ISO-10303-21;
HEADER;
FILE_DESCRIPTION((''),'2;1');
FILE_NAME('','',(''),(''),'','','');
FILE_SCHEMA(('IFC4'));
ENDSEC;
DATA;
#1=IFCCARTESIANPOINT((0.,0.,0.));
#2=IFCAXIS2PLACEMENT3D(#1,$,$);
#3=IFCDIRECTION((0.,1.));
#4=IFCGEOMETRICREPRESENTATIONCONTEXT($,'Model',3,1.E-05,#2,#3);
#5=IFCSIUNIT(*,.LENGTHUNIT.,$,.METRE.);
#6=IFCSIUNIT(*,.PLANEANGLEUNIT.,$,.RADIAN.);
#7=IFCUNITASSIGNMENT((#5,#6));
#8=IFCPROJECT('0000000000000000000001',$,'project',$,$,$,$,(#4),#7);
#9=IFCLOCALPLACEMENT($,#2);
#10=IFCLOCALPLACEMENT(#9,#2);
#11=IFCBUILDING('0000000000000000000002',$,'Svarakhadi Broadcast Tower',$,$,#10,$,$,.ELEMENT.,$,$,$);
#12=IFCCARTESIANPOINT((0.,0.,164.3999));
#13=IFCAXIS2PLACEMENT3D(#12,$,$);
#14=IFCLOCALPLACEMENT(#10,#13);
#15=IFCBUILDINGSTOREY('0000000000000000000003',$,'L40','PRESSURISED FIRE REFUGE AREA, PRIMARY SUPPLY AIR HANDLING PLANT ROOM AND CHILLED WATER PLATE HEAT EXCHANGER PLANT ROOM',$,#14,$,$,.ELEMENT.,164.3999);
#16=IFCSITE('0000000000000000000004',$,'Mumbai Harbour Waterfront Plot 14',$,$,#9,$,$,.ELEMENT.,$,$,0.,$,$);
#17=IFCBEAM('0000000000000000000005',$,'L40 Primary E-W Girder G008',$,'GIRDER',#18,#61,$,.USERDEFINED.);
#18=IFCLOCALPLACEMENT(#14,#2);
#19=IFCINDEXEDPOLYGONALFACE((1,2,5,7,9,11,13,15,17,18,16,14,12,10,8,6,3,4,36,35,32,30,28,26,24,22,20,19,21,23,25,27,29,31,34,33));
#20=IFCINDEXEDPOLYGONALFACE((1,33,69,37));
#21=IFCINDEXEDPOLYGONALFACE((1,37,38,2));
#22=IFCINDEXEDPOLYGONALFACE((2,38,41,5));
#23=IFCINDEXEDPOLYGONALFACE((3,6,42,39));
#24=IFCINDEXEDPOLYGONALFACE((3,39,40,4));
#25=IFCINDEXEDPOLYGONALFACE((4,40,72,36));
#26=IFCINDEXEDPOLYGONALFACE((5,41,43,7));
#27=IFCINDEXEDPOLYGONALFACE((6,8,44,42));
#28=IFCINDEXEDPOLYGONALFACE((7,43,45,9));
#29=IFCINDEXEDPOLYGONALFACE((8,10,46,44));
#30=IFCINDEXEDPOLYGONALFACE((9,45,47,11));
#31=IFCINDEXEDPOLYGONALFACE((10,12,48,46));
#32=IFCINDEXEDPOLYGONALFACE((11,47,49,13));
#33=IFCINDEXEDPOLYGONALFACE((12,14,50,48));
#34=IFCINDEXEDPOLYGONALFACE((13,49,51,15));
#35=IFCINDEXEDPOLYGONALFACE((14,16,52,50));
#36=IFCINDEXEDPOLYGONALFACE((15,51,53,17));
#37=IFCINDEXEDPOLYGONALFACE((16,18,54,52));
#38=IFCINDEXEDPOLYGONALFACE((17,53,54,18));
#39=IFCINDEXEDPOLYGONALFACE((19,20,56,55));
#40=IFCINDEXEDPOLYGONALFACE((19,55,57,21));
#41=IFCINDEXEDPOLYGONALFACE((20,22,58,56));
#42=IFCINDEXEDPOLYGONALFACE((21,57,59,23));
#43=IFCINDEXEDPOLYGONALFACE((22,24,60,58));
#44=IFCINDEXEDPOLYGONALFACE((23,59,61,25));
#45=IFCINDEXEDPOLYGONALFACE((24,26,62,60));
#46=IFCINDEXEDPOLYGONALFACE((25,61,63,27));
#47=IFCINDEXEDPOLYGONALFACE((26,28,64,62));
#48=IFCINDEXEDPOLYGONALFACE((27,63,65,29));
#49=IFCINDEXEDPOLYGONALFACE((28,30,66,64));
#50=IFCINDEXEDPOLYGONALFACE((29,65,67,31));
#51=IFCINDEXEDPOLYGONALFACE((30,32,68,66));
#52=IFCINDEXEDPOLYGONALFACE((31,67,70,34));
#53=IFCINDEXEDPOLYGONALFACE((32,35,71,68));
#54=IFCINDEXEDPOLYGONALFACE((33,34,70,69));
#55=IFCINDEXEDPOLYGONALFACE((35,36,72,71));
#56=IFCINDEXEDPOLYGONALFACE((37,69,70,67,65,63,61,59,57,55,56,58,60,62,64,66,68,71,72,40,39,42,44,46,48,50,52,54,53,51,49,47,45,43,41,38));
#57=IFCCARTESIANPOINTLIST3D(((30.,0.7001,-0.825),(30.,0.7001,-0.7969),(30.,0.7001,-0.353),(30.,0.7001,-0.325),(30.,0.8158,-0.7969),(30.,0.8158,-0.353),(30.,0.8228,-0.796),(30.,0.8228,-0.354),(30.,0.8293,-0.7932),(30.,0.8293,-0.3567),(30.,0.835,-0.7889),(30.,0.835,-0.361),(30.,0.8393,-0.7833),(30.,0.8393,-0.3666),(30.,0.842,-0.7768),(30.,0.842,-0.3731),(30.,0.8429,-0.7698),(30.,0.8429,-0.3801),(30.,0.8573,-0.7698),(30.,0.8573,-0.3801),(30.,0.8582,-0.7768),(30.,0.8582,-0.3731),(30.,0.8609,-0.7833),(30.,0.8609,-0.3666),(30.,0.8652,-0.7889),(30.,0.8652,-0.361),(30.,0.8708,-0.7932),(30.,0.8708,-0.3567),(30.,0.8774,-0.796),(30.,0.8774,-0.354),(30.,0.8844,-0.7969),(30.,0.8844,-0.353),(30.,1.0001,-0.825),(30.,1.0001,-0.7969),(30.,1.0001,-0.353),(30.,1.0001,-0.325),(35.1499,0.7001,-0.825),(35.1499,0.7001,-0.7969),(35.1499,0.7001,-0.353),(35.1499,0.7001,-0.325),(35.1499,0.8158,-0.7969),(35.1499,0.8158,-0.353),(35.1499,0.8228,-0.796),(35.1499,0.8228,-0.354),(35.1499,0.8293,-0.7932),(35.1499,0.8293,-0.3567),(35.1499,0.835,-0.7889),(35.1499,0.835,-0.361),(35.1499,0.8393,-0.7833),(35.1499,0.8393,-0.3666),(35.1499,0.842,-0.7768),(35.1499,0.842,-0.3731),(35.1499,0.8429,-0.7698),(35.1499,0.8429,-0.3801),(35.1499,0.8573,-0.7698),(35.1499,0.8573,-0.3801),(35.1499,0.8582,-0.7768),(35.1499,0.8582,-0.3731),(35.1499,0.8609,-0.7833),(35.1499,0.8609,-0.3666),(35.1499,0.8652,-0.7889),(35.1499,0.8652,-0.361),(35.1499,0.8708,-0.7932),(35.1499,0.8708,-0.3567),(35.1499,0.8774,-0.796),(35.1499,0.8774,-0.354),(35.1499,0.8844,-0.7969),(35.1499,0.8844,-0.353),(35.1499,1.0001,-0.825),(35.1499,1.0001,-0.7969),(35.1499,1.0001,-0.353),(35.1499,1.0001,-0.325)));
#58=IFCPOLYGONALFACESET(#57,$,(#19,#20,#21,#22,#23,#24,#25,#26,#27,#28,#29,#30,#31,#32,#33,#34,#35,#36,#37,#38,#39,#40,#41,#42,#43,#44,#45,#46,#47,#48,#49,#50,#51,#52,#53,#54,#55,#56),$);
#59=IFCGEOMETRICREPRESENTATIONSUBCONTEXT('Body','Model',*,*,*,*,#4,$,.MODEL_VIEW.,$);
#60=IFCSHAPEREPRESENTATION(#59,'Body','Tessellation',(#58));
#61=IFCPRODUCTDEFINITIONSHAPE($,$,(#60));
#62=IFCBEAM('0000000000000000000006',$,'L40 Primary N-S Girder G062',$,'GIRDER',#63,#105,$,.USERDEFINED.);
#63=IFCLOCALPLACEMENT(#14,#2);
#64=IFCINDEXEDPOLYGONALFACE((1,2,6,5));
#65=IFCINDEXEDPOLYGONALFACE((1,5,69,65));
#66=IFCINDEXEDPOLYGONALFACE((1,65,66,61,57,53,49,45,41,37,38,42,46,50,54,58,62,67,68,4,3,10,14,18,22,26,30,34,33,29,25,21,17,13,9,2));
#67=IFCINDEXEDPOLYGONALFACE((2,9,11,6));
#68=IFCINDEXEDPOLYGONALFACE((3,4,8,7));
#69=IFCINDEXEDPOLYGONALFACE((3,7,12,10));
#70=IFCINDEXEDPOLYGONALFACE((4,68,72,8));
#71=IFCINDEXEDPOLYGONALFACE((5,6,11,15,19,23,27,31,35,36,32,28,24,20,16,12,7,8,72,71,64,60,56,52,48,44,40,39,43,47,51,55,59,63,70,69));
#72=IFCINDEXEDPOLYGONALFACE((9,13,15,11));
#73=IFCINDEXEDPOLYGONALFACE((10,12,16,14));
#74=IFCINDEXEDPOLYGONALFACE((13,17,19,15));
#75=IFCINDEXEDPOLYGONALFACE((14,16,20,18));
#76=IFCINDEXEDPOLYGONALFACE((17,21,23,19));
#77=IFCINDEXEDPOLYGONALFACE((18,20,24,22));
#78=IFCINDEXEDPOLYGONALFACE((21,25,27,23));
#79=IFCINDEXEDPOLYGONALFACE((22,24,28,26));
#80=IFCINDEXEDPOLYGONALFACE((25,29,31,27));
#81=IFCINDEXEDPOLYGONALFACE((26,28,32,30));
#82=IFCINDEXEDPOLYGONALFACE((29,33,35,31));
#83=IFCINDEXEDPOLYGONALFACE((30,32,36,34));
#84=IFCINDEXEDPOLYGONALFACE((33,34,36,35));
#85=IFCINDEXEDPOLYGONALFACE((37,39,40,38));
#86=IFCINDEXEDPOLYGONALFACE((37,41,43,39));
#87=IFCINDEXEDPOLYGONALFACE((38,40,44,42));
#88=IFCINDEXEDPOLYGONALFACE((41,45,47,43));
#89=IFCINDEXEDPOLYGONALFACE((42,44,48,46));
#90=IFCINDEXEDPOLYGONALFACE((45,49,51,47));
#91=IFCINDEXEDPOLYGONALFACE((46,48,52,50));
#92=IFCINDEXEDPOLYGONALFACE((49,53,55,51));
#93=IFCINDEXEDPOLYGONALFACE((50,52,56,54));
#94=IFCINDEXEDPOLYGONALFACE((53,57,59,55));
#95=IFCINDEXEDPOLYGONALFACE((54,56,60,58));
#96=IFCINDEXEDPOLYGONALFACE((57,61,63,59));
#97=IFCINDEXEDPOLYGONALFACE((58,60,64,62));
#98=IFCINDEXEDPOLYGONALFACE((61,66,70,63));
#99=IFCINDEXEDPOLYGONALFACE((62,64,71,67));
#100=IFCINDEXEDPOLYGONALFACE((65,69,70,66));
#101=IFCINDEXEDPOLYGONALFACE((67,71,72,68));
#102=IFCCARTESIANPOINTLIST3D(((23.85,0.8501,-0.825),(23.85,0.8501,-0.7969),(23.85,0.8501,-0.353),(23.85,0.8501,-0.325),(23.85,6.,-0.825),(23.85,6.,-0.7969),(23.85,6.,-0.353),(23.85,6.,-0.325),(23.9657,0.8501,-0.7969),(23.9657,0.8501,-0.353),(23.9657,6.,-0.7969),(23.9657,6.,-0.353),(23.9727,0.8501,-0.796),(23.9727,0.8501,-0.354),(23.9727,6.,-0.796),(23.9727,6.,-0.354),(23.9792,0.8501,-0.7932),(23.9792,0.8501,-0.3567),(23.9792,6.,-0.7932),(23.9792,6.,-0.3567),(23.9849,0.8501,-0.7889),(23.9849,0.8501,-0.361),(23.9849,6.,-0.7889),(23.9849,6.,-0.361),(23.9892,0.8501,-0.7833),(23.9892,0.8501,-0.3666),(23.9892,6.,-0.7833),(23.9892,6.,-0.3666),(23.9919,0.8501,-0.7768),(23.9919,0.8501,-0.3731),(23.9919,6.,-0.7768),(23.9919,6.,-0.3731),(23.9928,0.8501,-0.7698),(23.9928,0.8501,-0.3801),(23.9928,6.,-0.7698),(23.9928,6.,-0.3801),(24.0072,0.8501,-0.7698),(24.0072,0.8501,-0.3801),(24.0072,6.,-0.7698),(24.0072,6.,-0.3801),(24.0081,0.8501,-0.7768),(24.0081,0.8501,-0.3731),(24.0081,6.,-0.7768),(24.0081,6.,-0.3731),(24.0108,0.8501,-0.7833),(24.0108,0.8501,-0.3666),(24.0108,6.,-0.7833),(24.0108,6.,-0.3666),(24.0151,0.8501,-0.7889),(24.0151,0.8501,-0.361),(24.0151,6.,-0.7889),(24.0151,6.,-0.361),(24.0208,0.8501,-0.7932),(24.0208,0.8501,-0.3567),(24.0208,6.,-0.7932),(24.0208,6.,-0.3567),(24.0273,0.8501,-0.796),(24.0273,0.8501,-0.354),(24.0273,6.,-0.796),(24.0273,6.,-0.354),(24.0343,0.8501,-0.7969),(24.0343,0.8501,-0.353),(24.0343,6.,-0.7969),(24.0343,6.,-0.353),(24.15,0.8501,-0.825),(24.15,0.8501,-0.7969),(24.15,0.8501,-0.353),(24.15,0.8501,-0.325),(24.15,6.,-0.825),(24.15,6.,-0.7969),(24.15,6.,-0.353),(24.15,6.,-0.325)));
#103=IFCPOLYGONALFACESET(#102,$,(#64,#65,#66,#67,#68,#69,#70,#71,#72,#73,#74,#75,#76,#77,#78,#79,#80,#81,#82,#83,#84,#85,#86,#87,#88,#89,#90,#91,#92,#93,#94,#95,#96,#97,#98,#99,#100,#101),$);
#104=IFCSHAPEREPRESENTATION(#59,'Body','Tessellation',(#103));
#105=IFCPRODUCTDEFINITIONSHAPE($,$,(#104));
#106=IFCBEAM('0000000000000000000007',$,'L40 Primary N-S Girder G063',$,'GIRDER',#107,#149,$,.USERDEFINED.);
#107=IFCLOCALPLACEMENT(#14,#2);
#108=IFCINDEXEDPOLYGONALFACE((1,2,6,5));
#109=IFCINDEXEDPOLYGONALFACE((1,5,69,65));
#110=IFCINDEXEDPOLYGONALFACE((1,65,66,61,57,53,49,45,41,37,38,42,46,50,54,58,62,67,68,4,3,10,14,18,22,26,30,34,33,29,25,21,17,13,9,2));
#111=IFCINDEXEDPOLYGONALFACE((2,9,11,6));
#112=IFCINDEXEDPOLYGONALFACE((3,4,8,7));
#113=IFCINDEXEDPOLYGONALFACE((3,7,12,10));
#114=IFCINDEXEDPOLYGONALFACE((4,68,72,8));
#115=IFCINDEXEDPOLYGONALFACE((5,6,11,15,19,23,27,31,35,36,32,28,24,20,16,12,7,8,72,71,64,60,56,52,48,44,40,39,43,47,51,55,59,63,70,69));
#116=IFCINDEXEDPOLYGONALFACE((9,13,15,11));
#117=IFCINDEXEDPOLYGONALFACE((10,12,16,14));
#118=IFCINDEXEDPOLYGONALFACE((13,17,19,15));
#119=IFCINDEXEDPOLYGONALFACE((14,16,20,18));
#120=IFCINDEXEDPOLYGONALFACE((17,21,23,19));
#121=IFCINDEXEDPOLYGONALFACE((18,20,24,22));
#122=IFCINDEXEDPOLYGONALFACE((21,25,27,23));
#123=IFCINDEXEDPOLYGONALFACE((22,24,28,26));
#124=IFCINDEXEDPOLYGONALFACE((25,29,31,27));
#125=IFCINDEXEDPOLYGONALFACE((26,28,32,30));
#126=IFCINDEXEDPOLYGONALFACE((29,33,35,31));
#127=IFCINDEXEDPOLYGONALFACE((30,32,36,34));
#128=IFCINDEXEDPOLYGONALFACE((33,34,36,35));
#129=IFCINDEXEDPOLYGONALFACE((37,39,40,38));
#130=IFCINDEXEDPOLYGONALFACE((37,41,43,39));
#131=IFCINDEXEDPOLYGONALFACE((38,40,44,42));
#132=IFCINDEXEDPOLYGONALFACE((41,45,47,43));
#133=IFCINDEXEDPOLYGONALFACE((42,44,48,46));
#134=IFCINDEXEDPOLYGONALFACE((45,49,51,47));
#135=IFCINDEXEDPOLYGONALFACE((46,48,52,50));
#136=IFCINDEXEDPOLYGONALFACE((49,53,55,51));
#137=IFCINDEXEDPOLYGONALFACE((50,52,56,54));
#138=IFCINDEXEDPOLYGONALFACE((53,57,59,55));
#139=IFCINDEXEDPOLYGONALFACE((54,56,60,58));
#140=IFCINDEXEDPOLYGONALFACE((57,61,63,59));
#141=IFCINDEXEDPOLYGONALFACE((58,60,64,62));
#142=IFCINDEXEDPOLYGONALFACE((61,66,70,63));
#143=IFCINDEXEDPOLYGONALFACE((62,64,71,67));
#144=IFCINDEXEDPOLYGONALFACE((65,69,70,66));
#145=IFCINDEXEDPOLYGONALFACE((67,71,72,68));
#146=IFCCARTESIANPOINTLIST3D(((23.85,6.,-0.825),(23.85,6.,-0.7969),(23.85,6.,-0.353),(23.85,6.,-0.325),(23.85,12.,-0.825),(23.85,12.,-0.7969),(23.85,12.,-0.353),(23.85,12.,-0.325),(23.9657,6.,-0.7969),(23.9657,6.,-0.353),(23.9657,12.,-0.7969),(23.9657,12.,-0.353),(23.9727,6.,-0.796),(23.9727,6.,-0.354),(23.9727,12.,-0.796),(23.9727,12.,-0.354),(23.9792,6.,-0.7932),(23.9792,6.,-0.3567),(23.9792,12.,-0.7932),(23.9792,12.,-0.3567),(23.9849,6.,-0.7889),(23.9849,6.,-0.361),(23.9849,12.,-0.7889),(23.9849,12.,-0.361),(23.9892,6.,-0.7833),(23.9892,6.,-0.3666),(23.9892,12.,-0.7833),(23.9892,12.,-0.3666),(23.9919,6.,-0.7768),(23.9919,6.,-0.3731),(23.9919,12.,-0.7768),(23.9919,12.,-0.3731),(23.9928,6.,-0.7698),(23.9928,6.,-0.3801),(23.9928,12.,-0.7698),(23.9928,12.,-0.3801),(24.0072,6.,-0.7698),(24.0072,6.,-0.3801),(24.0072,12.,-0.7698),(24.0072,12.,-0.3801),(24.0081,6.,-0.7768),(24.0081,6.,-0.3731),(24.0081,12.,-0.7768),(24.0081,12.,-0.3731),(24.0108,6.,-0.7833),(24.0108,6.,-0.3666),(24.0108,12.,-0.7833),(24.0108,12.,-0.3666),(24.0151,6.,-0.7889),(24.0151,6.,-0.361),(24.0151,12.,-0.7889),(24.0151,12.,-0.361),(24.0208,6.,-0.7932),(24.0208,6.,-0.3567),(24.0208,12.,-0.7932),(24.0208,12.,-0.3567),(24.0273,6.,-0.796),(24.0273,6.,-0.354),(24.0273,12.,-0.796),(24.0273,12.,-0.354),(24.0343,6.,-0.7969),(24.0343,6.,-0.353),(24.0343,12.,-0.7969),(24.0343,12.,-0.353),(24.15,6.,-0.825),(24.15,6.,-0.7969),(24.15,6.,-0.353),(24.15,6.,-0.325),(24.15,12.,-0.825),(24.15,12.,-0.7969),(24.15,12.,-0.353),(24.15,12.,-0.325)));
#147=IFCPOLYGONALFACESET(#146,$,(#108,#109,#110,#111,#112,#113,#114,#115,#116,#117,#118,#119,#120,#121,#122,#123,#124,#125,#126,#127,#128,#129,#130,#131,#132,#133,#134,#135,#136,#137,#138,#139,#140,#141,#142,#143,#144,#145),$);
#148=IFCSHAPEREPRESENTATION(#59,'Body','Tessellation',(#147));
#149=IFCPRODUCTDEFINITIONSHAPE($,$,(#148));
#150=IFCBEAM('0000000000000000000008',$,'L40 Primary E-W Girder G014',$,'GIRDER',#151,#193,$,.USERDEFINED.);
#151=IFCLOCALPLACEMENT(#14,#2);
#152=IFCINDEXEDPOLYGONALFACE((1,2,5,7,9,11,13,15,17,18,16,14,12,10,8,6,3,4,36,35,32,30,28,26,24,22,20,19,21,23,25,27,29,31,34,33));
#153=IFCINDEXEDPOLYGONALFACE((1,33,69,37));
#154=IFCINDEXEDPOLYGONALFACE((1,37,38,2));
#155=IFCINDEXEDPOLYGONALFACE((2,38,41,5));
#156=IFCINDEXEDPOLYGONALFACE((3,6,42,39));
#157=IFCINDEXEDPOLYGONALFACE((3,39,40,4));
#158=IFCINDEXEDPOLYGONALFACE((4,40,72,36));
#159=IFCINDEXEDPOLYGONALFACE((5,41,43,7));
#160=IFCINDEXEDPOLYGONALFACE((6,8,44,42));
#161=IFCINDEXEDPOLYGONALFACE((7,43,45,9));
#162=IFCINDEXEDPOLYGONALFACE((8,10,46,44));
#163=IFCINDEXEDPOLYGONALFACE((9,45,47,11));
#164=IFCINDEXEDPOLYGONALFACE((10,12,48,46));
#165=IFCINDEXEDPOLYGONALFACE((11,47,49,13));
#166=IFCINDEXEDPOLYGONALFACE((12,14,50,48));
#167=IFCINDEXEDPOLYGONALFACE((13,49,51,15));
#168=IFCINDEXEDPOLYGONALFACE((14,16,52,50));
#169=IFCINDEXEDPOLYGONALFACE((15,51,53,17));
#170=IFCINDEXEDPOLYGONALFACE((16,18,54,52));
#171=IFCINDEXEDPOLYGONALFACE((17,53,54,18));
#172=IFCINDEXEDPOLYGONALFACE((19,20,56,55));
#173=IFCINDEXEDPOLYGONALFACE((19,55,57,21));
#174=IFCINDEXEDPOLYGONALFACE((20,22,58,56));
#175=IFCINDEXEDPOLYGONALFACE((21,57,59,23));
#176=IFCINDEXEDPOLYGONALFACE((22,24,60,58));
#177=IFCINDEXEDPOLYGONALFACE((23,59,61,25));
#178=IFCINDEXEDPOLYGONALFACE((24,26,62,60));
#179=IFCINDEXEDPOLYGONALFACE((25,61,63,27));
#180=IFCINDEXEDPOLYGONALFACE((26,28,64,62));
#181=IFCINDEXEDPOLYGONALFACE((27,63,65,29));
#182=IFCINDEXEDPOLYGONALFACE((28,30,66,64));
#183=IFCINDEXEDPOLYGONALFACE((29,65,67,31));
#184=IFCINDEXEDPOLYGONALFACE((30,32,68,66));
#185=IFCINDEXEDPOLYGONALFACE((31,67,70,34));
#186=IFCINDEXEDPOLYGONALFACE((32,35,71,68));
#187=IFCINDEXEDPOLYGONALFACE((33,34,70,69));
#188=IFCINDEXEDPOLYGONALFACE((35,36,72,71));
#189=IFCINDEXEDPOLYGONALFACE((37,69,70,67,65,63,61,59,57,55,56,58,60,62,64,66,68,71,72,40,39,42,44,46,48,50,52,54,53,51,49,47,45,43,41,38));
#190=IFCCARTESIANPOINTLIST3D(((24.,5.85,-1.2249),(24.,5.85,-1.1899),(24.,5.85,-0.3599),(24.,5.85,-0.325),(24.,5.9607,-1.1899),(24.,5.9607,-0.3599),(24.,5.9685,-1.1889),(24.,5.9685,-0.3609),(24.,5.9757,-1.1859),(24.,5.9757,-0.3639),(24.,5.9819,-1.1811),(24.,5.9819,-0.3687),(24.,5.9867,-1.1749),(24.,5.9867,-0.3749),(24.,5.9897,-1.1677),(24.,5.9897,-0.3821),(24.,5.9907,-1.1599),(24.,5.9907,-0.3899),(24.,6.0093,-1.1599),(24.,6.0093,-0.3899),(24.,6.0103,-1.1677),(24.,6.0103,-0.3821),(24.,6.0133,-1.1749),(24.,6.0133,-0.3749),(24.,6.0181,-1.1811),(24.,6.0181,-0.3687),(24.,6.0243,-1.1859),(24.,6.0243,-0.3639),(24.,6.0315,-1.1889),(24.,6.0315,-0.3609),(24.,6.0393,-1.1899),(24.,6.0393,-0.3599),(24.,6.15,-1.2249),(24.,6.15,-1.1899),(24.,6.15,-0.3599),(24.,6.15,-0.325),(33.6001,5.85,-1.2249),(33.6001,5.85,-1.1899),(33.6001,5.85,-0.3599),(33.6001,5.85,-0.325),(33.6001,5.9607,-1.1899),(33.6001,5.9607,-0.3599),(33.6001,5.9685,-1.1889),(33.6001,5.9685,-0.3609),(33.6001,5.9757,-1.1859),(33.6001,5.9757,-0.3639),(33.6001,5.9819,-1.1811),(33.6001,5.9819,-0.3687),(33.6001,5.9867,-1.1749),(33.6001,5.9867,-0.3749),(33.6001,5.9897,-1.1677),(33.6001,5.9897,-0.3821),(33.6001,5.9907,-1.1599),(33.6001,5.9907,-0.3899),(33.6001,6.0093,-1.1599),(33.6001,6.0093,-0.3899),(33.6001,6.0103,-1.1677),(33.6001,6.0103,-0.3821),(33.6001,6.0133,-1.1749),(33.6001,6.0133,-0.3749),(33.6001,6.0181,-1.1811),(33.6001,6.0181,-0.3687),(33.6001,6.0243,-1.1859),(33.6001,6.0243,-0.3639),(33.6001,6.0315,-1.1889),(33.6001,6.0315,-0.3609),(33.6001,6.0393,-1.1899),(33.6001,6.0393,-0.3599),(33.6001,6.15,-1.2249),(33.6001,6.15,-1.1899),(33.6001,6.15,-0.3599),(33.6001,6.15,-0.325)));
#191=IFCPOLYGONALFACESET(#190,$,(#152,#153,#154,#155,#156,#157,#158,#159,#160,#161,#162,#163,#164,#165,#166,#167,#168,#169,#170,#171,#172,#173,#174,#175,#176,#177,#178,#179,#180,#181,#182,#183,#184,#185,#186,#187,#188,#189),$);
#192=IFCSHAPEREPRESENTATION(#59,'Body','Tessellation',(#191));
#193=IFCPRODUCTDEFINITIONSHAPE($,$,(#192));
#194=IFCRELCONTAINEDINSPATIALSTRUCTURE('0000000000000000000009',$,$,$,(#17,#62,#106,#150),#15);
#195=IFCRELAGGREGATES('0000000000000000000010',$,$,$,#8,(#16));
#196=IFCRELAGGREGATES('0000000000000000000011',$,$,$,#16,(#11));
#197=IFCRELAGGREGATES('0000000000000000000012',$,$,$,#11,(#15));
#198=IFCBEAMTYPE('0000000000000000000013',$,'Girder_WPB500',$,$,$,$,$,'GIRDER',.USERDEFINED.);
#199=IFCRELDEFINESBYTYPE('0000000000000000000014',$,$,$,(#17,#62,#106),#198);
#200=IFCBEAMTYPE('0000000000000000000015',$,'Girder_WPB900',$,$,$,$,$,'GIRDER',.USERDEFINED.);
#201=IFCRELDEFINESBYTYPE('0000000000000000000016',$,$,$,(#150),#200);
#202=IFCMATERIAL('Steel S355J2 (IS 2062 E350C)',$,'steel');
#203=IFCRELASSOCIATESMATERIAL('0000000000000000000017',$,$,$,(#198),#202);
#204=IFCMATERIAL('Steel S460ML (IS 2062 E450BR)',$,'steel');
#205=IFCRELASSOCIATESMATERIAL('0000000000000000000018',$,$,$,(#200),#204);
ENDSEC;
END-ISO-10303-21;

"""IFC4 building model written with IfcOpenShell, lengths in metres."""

from ifc_helpers import new_model, si_unit, direction, frame, origin, origin_2d, place, context, subcontext, project, spatial, i_section, extrude, material, material_profile, profile_set, type_object, element, save


model = new_model("IFC4")

# Units and contexts
model_context = context("Model", 3, precision=1e-05, world=origin(), true_north=direction((0.0, 1.0)))
body_context = subcontext(model_context, "Body", "Model", "MODEL_VIEW")
ifc_project = project(units=[si_unit("LENGTHUNIT", "METRE"), si_unit("PLANEANGLEUNIT", "RADIAN")], contexts=[model_context])

# Site, building, storey
site_placement = place(None, origin())
site = spatial("IfcSite", under=ifc_project, at=site_placement, Name="Mumbai Harbour Waterfront Plot 14", CompositionType="ELEMENT", RefElevation=0.0)
building_placement = place(site_placement, origin())
building = spatial("IfcBuilding", under=site, at=building_placement, Name="Svarakhadi Broadcast Tower", CompositionType="ELEMENT")
storey_placement = place(building_placement, frame((0.0, 0.0, 164.3999)))
storey = spatial("IfcBuildingStorey", under=building, at=storey_placement, Name="L40", Description="PRESSURISED FIRE REFUGE AREA, PRIMARY SUPPLY AIR HANDLING PLANT ROOM AND CHILLED WATER PLATE HEAT EXCHANGER PLANT ROOM", CompositionType="ELEMENT", Elevation=164.3999)

# Shared definitions
ifc_material_1 = material(Name="Steel S460ML (IS 2062 E450BR)", Category="steel")

# Beams
ifc_material_2 = material(Name="Steel S355J2 (IS 2062 E350C)", Category="steel")
ifc_material_profile_1 = material_profile(ifc_material_2, i_section(OverallWidth=0.3, OverallDepth=0.5, WebThickness=0.0144, FlangeThickness=0.0281, FilletRadius=0.0271, at=origin_2d()), Name="WPB 500x300x187")
ifc_profile_set_1 = profile_set([ifc_material_profile_1], Name="Steel S355J2 (IS 2062 E350C)")
beam_type_1 = type_object("IfcBeamType", Name="Girder_WPB500", ElementType="GIRDER", PredefinedType="USERDEFINED", material=ifc_profile_set_1)
for number, where, z_axis, x_axis, name in (
    (1, (30.0, 0.8501, -0.575), (1.0, 0.0, 0.0), (0.0, 1.0, 0.0), "L40 Primary E-W Girder G008"),
    (2, (24.0, 0.8501, -0.575), (0.0, 1.0, 0.0), (-1.0, 0.0, 0.0), "L40 Primary N-S Girder G062"),
):
    element("IfcBeam", number, at=place(storey_placement, frame(where, z_axis=z_axis, x_axis=x_axis)), inside=storey, type_object=beam_type_1, Name=name, ObjectType="GIRDER", PredefinedType="USERDEFINED", context=body_context, shape_type="SweptSolid", body=[
        extrude(i_section(OverallWidth=0.3, OverallDepth=0.5, WebThickness=0.0144, FlangeThickness=0.0281, FilletRadius=0.0271, at=origin_2d()), origin(), (0.0, 0.0, 1.0), 5.1499),
    ])
beam_1_placement = place(storey_placement, frame((24.0, 6.0, -0.575), z_axis=(0.0, 1.0, 0.0), x_axis=(-1.0, 0.0, 0.0)))
element("IfcBeam", 3, at=beam_1_placement, inside=storey, type_object=beam_type_1, Name="L40 Primary N-S Girder G063", ObjectType="GIRDER", PredefinedType="USERDEFINED", context=body_context, shape_type="SweptSolid", body=[
    extrude(i_section(OverallWidth=0.3, OverallDepth=0.5, WebThickness=0.0144, FlangeThickness=0.0281, FilletRadius=0.0271, at=origin_2d()), origin(), (0.0, 0.0, 1.0), 6.0),
])
ifc_material_profile_2 = material_profile(ifc_material_1, i_section(OverallWidth=0.3, OverallDepth=0.8999, WebThickness=0.0186, FlangeThickness=0.0349, FilletRadius=0.03, at=origin_2d()), Name="WPB 900x300x291")
ifc_profile_set_2 = profile_set([ifc_material_profile_2], Name="Steel S460ML (IS 2062 E450BR)")
beam_type_2 = type_object("IfcBeamType", Name="Girder_WPB900", ElementType="GIRDER", PredefinedType="USERDEFINED", material=ifc_profile_set_2)
beam_2_placement = place(storey_placement, frame((24.0, 6.0, -0.7749), z_axis=(1.0, 0.0, 0.0), x_axis=(0.0, 1.0, 0.0)))
element("IfcBeam", 4, at=beam_2_placement, inside=storey, type_object=beam_type_2, Name="L40 Primary E-W Girder G014", ObjectType="GIRDER", PredefinedType="USERDEFINED", context=body_context, shape_type="SweptSolid", body=[
    extrude(i_section(OverallWidth=0.3, OverallDepth=0.8999, WebThickness=0.0186, FlangeThickness=0.0349, FilletRadius=0.03, at=origin_2d()), origin(), (0.0, 0.0, 1.0), 9.6001),
])

save(model, "model.ifc")
